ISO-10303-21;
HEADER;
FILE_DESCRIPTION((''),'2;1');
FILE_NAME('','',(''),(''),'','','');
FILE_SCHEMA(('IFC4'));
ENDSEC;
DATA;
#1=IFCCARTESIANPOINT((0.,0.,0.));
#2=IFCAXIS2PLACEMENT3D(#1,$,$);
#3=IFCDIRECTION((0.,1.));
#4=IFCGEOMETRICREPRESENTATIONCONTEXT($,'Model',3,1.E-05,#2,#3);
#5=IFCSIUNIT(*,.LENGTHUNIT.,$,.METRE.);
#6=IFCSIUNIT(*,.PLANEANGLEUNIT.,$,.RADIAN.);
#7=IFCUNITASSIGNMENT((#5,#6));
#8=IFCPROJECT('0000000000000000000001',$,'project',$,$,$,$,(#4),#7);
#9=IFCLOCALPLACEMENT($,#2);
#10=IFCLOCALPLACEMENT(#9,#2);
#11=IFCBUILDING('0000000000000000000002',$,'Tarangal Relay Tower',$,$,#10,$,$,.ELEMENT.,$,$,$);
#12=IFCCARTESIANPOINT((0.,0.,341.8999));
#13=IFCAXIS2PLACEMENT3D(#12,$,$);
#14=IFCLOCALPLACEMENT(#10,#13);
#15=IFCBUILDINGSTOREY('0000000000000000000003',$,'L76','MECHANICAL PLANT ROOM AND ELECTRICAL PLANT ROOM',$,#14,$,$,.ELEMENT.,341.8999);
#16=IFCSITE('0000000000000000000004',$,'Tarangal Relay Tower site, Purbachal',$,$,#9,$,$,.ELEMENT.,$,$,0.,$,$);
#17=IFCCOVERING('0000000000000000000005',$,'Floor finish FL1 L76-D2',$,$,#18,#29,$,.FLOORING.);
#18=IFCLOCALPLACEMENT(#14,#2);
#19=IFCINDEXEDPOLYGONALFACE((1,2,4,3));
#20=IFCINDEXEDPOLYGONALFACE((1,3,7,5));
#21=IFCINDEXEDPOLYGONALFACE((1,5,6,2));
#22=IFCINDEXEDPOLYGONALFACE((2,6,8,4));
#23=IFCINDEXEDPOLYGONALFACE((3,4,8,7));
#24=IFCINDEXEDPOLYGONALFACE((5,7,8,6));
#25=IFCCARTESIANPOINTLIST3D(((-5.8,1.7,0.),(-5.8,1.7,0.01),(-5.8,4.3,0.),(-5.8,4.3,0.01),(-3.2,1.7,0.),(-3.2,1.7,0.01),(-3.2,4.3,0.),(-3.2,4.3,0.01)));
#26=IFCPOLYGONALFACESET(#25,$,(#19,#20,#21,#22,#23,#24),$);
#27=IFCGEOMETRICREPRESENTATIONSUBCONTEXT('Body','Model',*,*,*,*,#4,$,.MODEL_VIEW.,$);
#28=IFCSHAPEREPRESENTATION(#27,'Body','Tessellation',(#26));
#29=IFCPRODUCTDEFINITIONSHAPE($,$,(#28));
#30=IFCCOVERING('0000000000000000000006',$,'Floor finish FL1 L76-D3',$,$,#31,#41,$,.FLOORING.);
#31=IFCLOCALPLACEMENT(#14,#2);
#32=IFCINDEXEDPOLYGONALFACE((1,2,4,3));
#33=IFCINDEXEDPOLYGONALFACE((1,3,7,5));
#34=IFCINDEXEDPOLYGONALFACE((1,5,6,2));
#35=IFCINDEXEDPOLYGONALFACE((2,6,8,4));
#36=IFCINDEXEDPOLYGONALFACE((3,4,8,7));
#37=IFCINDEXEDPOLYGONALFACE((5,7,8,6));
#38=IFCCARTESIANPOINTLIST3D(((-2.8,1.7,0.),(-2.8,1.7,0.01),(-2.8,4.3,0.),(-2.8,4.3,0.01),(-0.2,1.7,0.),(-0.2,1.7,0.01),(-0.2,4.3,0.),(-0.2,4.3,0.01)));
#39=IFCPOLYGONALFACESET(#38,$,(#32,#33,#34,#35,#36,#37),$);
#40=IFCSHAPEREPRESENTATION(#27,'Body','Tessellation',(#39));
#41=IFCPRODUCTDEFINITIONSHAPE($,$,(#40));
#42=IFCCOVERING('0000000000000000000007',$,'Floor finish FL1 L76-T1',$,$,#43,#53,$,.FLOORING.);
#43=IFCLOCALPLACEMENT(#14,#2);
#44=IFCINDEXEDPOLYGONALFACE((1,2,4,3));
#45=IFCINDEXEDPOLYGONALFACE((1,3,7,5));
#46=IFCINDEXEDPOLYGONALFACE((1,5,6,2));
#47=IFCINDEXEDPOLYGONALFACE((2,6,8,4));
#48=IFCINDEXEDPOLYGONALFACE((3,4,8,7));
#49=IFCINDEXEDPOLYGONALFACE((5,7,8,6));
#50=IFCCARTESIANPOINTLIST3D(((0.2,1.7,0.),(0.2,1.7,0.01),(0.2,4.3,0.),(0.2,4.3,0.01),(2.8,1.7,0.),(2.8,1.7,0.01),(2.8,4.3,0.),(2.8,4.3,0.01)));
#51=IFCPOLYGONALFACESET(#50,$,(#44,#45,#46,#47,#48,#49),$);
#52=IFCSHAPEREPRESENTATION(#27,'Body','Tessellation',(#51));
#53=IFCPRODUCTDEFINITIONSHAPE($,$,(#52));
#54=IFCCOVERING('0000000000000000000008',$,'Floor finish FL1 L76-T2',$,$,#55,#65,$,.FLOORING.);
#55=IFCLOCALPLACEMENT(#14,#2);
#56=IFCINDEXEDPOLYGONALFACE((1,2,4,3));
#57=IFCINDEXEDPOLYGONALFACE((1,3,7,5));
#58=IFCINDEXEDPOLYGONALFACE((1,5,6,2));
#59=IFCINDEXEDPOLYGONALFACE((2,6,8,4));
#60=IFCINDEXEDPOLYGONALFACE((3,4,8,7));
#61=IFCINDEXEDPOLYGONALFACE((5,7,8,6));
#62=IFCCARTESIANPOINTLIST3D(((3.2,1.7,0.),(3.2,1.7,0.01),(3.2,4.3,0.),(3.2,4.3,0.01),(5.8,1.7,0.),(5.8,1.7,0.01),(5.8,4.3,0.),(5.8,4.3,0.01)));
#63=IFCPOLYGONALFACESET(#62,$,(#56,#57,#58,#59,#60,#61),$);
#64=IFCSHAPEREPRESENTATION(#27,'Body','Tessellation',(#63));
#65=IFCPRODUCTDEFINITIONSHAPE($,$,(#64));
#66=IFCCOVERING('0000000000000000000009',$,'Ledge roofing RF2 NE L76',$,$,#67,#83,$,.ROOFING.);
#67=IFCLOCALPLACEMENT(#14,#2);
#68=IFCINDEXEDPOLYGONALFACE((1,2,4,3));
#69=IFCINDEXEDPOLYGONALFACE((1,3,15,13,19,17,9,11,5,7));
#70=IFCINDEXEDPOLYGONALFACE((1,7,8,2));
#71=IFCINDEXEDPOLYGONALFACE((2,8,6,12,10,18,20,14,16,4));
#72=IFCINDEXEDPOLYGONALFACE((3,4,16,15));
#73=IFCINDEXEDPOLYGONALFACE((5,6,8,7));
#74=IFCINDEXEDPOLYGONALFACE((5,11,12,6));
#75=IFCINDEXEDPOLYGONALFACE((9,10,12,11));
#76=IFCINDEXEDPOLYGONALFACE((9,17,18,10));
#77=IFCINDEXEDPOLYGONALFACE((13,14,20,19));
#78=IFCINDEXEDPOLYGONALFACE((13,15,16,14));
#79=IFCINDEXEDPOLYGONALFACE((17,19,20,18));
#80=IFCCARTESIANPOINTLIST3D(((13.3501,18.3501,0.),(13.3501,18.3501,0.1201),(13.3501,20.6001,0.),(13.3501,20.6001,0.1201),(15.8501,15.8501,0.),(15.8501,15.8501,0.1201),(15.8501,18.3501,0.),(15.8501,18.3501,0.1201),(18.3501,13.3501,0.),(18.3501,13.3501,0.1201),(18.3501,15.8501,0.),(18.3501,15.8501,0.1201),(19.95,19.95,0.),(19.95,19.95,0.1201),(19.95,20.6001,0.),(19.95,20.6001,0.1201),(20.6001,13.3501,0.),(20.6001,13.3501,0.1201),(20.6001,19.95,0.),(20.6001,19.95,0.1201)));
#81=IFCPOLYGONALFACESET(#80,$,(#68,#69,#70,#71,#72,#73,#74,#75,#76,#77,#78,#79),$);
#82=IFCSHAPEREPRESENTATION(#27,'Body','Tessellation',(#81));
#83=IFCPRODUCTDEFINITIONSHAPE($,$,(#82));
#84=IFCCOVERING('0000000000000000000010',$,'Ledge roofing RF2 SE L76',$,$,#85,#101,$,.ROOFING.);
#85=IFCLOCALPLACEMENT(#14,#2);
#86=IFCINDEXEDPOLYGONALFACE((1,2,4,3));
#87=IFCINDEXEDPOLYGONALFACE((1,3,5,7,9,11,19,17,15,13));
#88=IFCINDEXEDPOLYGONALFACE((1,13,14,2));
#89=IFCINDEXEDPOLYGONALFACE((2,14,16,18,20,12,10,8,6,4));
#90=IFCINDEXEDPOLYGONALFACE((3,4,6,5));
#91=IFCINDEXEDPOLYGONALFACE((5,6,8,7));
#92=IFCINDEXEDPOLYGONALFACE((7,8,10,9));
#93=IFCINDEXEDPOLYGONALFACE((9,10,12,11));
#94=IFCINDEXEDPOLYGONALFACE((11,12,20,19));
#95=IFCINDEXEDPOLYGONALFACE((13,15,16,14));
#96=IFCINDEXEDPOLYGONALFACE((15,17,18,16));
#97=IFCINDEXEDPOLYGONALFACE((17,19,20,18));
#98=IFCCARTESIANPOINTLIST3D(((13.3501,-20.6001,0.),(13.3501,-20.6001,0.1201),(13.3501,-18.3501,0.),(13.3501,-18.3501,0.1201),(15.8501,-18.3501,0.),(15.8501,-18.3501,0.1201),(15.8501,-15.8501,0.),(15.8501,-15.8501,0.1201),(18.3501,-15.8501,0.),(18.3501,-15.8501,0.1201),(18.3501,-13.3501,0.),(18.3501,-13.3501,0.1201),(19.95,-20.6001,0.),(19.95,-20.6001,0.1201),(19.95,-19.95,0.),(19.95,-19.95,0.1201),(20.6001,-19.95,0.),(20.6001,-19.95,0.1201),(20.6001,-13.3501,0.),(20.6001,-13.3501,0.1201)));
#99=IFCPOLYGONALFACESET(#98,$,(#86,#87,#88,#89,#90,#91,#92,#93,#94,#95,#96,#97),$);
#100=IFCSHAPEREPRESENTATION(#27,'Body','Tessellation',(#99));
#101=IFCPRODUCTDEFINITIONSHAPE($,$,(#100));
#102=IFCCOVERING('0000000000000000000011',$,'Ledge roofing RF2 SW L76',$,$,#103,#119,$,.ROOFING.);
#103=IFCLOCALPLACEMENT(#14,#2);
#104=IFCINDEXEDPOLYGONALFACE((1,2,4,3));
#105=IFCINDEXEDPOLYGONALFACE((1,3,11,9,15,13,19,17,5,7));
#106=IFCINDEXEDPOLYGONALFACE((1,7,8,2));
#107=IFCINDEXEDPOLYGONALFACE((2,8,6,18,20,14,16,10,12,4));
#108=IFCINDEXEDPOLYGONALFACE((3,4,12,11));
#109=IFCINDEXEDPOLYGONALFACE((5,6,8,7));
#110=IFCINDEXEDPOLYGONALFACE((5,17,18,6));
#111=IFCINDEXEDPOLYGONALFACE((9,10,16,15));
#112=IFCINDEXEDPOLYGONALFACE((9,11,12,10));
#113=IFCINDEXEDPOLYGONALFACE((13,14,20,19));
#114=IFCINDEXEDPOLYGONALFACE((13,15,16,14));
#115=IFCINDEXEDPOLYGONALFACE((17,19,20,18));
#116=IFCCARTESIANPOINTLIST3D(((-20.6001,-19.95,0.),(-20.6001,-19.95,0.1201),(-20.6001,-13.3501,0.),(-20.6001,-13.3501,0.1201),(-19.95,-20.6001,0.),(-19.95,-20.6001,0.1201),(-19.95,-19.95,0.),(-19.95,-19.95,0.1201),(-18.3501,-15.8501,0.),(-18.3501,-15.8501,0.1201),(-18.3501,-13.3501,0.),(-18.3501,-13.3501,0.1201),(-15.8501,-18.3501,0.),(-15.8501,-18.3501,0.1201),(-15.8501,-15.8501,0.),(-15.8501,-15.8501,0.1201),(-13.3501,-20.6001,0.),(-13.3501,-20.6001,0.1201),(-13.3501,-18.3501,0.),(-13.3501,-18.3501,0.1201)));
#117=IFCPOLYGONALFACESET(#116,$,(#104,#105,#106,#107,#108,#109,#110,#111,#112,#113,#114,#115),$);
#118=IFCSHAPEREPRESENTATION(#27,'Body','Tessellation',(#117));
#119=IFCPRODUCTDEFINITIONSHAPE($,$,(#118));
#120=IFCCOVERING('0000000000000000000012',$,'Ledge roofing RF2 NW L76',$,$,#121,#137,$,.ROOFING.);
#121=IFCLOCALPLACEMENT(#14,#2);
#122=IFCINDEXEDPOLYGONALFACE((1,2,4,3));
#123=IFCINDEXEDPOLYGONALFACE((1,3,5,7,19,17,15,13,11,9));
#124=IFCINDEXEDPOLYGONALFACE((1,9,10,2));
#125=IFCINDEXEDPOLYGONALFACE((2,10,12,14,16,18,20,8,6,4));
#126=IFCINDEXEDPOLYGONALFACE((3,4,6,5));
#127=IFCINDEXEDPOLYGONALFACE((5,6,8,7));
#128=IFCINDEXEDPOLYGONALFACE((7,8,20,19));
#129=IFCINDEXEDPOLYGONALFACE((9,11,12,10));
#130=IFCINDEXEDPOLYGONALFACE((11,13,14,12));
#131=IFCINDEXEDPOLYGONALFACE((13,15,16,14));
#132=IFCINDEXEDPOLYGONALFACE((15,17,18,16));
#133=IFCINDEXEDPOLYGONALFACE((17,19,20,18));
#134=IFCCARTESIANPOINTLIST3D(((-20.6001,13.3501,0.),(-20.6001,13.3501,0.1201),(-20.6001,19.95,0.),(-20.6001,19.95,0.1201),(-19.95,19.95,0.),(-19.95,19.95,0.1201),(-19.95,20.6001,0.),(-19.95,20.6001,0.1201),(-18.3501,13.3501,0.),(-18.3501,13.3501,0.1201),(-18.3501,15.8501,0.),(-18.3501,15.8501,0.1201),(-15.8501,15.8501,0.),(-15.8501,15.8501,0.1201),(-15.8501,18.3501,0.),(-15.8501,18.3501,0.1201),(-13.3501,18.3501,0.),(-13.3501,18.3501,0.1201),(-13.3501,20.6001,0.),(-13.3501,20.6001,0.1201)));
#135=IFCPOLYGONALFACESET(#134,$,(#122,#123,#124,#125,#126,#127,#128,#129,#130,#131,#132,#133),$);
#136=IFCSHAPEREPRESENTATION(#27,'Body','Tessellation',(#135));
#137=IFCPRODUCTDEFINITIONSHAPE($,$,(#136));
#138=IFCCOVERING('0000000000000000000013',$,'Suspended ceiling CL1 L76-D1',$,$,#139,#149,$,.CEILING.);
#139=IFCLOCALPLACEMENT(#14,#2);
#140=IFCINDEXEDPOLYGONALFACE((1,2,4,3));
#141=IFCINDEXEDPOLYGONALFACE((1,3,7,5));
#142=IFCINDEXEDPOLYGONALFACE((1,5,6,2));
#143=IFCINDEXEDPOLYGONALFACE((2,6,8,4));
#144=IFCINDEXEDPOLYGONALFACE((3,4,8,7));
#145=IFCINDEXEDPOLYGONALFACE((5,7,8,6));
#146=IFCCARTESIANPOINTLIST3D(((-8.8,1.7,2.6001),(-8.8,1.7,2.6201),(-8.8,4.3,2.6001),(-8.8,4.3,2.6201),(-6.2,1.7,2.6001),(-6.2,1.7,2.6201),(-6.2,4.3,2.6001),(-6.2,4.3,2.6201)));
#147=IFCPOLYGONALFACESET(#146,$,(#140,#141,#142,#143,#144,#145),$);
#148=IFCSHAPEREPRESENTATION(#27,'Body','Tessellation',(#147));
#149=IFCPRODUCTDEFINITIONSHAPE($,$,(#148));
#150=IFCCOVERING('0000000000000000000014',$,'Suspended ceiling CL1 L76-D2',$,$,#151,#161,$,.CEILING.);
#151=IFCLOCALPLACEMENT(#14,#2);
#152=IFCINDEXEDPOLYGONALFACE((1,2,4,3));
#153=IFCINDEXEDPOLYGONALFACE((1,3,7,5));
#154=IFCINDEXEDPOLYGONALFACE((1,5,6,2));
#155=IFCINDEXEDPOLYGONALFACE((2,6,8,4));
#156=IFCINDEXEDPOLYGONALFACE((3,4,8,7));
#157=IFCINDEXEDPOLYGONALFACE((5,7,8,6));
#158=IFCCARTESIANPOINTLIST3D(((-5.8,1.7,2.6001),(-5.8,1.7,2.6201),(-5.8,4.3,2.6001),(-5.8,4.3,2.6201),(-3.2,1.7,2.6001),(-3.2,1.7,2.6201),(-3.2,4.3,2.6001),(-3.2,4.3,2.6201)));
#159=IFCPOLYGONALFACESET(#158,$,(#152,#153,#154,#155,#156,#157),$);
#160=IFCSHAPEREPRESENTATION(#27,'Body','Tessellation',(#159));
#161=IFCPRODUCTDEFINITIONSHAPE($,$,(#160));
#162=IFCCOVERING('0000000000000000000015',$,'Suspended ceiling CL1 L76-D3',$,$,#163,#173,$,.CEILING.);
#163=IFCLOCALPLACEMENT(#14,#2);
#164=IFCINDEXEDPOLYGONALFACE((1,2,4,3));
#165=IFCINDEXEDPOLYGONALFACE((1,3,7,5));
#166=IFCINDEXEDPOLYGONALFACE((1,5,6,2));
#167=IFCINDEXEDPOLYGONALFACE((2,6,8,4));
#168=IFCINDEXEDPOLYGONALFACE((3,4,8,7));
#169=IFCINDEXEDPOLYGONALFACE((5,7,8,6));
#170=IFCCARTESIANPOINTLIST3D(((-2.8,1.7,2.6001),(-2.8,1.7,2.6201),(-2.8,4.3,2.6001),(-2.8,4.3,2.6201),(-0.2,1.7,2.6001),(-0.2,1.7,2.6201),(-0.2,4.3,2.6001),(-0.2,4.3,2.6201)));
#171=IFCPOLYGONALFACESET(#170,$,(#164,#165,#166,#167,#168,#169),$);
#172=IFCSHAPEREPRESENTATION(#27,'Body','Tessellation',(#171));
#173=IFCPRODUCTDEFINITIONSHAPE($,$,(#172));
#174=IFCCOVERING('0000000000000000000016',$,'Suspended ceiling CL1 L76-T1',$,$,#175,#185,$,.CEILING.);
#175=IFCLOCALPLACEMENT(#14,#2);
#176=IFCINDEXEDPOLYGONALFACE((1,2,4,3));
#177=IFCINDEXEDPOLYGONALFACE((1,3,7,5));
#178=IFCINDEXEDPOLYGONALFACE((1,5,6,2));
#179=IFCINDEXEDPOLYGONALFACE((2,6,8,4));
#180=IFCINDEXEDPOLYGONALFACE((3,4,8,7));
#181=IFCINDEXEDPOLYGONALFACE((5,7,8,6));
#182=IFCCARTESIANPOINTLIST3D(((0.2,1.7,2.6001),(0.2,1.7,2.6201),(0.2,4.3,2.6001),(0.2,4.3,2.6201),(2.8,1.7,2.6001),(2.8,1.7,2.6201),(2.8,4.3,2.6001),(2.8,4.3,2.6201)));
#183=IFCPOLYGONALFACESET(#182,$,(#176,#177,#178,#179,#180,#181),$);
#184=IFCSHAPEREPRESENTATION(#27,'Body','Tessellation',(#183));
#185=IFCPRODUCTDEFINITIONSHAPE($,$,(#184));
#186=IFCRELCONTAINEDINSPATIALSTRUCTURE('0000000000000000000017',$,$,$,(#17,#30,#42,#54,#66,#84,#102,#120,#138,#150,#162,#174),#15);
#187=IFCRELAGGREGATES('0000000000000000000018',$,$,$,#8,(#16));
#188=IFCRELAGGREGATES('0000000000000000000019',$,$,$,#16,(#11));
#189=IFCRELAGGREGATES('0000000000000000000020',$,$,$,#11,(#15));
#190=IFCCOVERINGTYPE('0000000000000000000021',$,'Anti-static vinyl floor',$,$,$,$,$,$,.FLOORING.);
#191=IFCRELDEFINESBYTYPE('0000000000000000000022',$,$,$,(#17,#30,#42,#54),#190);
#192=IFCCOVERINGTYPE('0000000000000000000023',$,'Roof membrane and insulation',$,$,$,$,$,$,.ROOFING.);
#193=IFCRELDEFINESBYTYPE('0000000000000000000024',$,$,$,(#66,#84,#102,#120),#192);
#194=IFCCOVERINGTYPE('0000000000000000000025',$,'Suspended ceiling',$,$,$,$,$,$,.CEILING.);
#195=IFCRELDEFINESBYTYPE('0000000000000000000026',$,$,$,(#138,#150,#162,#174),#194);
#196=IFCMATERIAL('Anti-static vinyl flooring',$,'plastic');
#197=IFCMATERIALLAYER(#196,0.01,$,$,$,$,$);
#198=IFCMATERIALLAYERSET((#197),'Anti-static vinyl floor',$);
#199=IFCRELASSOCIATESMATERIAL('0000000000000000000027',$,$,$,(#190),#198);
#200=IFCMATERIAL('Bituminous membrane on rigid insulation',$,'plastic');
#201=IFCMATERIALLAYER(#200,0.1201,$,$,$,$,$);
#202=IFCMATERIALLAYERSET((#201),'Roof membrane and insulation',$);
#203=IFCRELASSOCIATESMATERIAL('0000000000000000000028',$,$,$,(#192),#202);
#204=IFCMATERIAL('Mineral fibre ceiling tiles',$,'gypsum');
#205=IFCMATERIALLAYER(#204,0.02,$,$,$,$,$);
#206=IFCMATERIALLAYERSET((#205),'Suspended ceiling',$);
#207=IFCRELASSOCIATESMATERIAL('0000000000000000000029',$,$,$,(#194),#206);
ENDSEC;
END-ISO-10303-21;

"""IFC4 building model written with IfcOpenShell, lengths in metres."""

from ifc_helpers import new_model, si_unit, direction, frame, origin, place, context, subcontext, project, spatial, polyline, outline, extrude, material, layer, layer_set, type_object, element, save


model = new_model("IFC4")

# Units and contexts
model_context = context("Model", 3, precision=1e-05, world=origin(), true_north=direction((0.0, 1.0)))
body_context = subcontext(model_context, "Body", "Model", "MODEL_VIEW")
ifc_project = project(units=[si_unit("LENGTHUNIT", "METRE"), si_unit("PLANEANGLEUNIT", "RADIAN")], contexts=[model_context])

# Site, building, storey
site_placement = place(None, origin())
site = spatial("IfcSite", under=ifc_project, at=site_placement, Name="Tarangal Relay Tower site, Purbachal", CompositionType="ELEMENT", RefElevation=0.0)
building_placement = place(site_placement, origin())
building = spatial("IfcBuilding", under=site, at=building_placement, Name="Tarangal Relay Tower", CompositionType="ELEMENT")
storey_placement = place(building_placement, frame((0.0, 0.0, 341.8999)))
storey = spatial("IfcBuildingStorey", under=building, at=storey_placement, Name="L76", Description="MECHANICAL PLANT ROOM AND ELECTRICAL PLANT ROOM", CompositionType="ELEMENT", Elevation=341.8999)

# Coverings
ifc_material_1 = material(Name="Anti-static vinyl flooring", Category="plastic")
ifc_layer_1 = layer(ifc_material_1, 0.01)
ifc_layer_set_1 = layer_set([ifc_layer_1], Name="Anti-static vinyl floor")
covering_type_1 = type_object("IfcCoveringType", Name="Anti-static vinyl floor", PredefinedType="FLOORING", material=ifc_layer_set_1)
covering_1_placement = place(storey_placement, origin())
element("IfcCovering", 1, at=covering_1_placement, inside=storey, type_object=covering_type_1, Name="Floor finish FL1 L76-D2", PredefinedType="FLOORING", context=body_context, shape_type="SweptSolid", body=[
    extrude(outline(polyline([(-5.8, 1.7), (-3.2, 1.7), (-3.2, 4.3), (-5.8, 4.3), (-5.8, 1.7)])), origin(), (0.0, 0.0, 1.0), 0.01),
])
covering_2_placement = place(storey_placement, origin())
element("IfcCovering", 2, at=covering_2_placement, inside=storey, type_object=covering_type_1, Name="Floor finish FL1 L76-D3", PredefinedType="FLOORING", context=body_context, shape_type="SweptSolid", body=[
    extrude(outline(polyline([(-2.8, 1.7), (-0.2, 1.7), (-0.2, 4.3), (-2.8, 4.3), (-2.8, 1.7)])), origin(), (0.0, 0.0, 1.0), 0.01),
])
covering_3_placement = place(storey_placement, origin())
element("IfcCovering", 3, at=covering_3_placement, inside=storey, type_object=covering_type_1, Name="Floor finish FL1 L76-T1", PredefinedType="FLOORING", context=body_context, shape_type="SweptSolid", body=[
    extrude(outline(polyline([(0.2, 1.7), (2.8, 1.7), (2.8, 4.3), (0.2, 4.3), (0.2, 1.7)])), origin(), (0.0, 0.0, 1.0), 0.01),
])
covering_4_placement = place(storey_placement, origin())
element("IfcCovering", 4, at=covering_4_placement, inside=storey, type_object=covering_type_1, Name="Floor finish FL1 L76-T2", PredefinedType="FLOORING", context=body_context, shape_type="SweptSolid", body=[
    extrude(outline(polyline([(3.2, 1.7), (5.8, 1.7), (5.8, 4.3), (3.2, 4.3), (3.2, 1.7)])), origin(), (0.0, 0.0, 1.0), 0.01),
])
ifc_material_2 = material(Name="Bituminous membrane on rigid insulation", Category="plastic")
ifc_layer_2 = layer(ifc_material_2, 0.1201)
ifc_layer_set_2 = layer_set([ifc_layer_2], Name="Roof membrane and insulation")
covering_type_2 = type_object("IfcCoveringType", Name="Roof membrane and insulation", PredefinedType="ROOFING", material=ifc_layer_set_2)
covering_5_placement = place(storey_placement, origin())
element("IfcCovering", 5, at=covering_5_placement, inside=storey, type_object=covering_type_2, Name="Ledge roofing RF2 NE L76", PredefinedType="ROOFING", context=body_context, shape_type="SweptSolid", body=[
    extrude(outline(polyline([(19.95, 19.95), (19.95, 20.6001), (13.3501, 20.6001), (13.3501, 18.3501), (15.8501, 18.3501), (15.8501, 15.8501), (18.3501, 15.8501), (18.3501, 13.3501), (20.6001, 13.3501), (20.6001, 19.95), (19.95, 19.95)])), origin(), (0.0, 0.0, 1.0), 0.1201),
])
covering_6_placement = place(storey_placement, origin())
element("IfcCovering", 6, at=covering_6_placement, inside=storey, type_object=covering_type_2, Name="Ledge roofing RF2 SE L76", PredefinedType="ROOFING", context=body_context, shape_type="SweptSolid", body=[
    extrude(outline(polyline([(19.95, -19.95), (20.6001, -19.95), (20.6001, -13.3501), (18.3501, -13.3501), (18.3501, -15.8501), (15.8501, -15.8501), (15.8501, -18.3501), (13.3501, -18.3501), (13.3501, -20.6001), (19.95, -20.6001), (19.95, -19.95)])), origin(), (0.0, 0.0, 1.0), 0.1201),
])
covering_7_placement = place(storey_placement, origin())
element("IfcCovering", 7, at=covering_7_placement, inside=storey, type_object=covering_type_2, Name="Ledge roofing RF2 SW L76", PredefinedType="ROOFING", context=body_context, shape_type="SweptSolid", body=[
    extrude(outline(polyline([(-19.95, -19.95), (-19.95, -20.6001), (-13.3501, -20.6001), (-13.3501, -18.3501), (-15.8501, -18.3501), (-15.8501, -15.8501), (-18.3501, -15.8501), (-18.3501, -13.3501), (-20.6001, -13.3501), (-20.6001, -19.95), (-19.95, -19.95)])), origin(), (0.0, 0.0, 1.0), 0.1201),
])
covering_8_placement = place(storey_placement, origin())
element("IfcCovering", 8, at=covering_8_placement, inside=storey, type_object=covering_type_2, Name="Ledge roofing RF2 NW L76", PredefinedType="ROOFING", context=body_context, shape_type="SweptSolid", body=[
    extrude(outline(polyline([(-19.95, 19.95), (-20.6001, 19.95), (-20.6001, 13.3501), (-18.3501, 13.3501), (-18.3501, 15.8501), (-15.8501, 15.8501), (-15.8501, 18.3501), (-13.3501, 18.3501), (-13.3501, 20.6001), (-19.95, 20.6001), (-19.95, 19.95)])), origin(), (0.0, 0.0, 1.0), 0.1201),
])
ifc_material_3 = material(Name="Mineral fibre ceiling tiles", Category="gypsum")
ifc_layer_3 = layer(ifc_material_3, 0.02)
ifc_layer_set_3 = layer_set([ifc_layer_3], Name="Suspended ceiling")
covering_type_3 = type_object("IfcCoveringType", Name="Suspended ceiling", PredefinedType="CEILING", material=ifc_layer_set_3)
covering_9_placement = place(storey_placement, frame((0.0, 0.0, 2.6001)))
element("IfcCovering", 9, at=covering_9_placement, inside=storey, type_object=covering_type_3, Name="Suspended ceiling CL1 L76-D1", PredefinedType="CEILING", context=body_context, shape_type="SweptSolid", body=[
    extrude(outline(polyline([(-8.8, 1.7), (-6.2, 1.7), (-6.2, 4.3), (-8.8, 4.3), (-8.8, 1.7)])), origin(), (0.0, 0.0, 1.0), 0.02),
])
covering_10_placement = place(storey_placement, frame((0.0, 0.0, 2.6001)))
element("IfcCovering", 10, at=covering_10_placement, inside=storey, type_object=covering_type_3, Name="Suspended ceiling CL1 L76-D2", PredefinedType="CEILING", context=body_context, shape_type="SweptSolid", body=[
    extrude(outline(polyline([(-5.8, 1.7), (-3.2, 1.7), (-3.2, 4.3), (-5.8, 4.3), (-5.8, 1.7)])), origin(), (0.0, 0.0, 1.0), 0.02),
])
covering_11_placement = place(storey_placement, frame((0.0, 0.0, 2.6001)))
element("IfcCovering", 11, at=covering_11_placement, inside=storey, type_object=covering_type_3, Name="Suspended ceiling CL1 L76-D3", PredefinedType="CEILING", context=body_context, shape_type="SweptSolid", body=[
    extrude(outline(polyline([(-2.8, 1.7), (-0.2, 1.7), (-0.2, 4.3), (-2.8, 4.3), (-2.8, 1.7)])), origin(), (0.0, 0.0, 1.0), 0.02),
])
covering_12_placement = place(storey_placement, frame((0.0, 0.0, 2.6001)))
element("IfcCovering", 12, at=covering_12_placement, inside=storey, type_object=covering_type_3, Name="Suspended ceiling CL1 L76-T1", PredefinedType="CEILING", context=body_context, shape_type="SweptSolid", body=[
    extrude(outline(polyline([(0.2, 1.7), (2.8, 1.7), (2.8, 4.3), (0.2, 4.3), (0.2, 1.7)])), origin(), (0.0, 0.0, 1.0), 0.02),
])

save(model, "model.ifc")
